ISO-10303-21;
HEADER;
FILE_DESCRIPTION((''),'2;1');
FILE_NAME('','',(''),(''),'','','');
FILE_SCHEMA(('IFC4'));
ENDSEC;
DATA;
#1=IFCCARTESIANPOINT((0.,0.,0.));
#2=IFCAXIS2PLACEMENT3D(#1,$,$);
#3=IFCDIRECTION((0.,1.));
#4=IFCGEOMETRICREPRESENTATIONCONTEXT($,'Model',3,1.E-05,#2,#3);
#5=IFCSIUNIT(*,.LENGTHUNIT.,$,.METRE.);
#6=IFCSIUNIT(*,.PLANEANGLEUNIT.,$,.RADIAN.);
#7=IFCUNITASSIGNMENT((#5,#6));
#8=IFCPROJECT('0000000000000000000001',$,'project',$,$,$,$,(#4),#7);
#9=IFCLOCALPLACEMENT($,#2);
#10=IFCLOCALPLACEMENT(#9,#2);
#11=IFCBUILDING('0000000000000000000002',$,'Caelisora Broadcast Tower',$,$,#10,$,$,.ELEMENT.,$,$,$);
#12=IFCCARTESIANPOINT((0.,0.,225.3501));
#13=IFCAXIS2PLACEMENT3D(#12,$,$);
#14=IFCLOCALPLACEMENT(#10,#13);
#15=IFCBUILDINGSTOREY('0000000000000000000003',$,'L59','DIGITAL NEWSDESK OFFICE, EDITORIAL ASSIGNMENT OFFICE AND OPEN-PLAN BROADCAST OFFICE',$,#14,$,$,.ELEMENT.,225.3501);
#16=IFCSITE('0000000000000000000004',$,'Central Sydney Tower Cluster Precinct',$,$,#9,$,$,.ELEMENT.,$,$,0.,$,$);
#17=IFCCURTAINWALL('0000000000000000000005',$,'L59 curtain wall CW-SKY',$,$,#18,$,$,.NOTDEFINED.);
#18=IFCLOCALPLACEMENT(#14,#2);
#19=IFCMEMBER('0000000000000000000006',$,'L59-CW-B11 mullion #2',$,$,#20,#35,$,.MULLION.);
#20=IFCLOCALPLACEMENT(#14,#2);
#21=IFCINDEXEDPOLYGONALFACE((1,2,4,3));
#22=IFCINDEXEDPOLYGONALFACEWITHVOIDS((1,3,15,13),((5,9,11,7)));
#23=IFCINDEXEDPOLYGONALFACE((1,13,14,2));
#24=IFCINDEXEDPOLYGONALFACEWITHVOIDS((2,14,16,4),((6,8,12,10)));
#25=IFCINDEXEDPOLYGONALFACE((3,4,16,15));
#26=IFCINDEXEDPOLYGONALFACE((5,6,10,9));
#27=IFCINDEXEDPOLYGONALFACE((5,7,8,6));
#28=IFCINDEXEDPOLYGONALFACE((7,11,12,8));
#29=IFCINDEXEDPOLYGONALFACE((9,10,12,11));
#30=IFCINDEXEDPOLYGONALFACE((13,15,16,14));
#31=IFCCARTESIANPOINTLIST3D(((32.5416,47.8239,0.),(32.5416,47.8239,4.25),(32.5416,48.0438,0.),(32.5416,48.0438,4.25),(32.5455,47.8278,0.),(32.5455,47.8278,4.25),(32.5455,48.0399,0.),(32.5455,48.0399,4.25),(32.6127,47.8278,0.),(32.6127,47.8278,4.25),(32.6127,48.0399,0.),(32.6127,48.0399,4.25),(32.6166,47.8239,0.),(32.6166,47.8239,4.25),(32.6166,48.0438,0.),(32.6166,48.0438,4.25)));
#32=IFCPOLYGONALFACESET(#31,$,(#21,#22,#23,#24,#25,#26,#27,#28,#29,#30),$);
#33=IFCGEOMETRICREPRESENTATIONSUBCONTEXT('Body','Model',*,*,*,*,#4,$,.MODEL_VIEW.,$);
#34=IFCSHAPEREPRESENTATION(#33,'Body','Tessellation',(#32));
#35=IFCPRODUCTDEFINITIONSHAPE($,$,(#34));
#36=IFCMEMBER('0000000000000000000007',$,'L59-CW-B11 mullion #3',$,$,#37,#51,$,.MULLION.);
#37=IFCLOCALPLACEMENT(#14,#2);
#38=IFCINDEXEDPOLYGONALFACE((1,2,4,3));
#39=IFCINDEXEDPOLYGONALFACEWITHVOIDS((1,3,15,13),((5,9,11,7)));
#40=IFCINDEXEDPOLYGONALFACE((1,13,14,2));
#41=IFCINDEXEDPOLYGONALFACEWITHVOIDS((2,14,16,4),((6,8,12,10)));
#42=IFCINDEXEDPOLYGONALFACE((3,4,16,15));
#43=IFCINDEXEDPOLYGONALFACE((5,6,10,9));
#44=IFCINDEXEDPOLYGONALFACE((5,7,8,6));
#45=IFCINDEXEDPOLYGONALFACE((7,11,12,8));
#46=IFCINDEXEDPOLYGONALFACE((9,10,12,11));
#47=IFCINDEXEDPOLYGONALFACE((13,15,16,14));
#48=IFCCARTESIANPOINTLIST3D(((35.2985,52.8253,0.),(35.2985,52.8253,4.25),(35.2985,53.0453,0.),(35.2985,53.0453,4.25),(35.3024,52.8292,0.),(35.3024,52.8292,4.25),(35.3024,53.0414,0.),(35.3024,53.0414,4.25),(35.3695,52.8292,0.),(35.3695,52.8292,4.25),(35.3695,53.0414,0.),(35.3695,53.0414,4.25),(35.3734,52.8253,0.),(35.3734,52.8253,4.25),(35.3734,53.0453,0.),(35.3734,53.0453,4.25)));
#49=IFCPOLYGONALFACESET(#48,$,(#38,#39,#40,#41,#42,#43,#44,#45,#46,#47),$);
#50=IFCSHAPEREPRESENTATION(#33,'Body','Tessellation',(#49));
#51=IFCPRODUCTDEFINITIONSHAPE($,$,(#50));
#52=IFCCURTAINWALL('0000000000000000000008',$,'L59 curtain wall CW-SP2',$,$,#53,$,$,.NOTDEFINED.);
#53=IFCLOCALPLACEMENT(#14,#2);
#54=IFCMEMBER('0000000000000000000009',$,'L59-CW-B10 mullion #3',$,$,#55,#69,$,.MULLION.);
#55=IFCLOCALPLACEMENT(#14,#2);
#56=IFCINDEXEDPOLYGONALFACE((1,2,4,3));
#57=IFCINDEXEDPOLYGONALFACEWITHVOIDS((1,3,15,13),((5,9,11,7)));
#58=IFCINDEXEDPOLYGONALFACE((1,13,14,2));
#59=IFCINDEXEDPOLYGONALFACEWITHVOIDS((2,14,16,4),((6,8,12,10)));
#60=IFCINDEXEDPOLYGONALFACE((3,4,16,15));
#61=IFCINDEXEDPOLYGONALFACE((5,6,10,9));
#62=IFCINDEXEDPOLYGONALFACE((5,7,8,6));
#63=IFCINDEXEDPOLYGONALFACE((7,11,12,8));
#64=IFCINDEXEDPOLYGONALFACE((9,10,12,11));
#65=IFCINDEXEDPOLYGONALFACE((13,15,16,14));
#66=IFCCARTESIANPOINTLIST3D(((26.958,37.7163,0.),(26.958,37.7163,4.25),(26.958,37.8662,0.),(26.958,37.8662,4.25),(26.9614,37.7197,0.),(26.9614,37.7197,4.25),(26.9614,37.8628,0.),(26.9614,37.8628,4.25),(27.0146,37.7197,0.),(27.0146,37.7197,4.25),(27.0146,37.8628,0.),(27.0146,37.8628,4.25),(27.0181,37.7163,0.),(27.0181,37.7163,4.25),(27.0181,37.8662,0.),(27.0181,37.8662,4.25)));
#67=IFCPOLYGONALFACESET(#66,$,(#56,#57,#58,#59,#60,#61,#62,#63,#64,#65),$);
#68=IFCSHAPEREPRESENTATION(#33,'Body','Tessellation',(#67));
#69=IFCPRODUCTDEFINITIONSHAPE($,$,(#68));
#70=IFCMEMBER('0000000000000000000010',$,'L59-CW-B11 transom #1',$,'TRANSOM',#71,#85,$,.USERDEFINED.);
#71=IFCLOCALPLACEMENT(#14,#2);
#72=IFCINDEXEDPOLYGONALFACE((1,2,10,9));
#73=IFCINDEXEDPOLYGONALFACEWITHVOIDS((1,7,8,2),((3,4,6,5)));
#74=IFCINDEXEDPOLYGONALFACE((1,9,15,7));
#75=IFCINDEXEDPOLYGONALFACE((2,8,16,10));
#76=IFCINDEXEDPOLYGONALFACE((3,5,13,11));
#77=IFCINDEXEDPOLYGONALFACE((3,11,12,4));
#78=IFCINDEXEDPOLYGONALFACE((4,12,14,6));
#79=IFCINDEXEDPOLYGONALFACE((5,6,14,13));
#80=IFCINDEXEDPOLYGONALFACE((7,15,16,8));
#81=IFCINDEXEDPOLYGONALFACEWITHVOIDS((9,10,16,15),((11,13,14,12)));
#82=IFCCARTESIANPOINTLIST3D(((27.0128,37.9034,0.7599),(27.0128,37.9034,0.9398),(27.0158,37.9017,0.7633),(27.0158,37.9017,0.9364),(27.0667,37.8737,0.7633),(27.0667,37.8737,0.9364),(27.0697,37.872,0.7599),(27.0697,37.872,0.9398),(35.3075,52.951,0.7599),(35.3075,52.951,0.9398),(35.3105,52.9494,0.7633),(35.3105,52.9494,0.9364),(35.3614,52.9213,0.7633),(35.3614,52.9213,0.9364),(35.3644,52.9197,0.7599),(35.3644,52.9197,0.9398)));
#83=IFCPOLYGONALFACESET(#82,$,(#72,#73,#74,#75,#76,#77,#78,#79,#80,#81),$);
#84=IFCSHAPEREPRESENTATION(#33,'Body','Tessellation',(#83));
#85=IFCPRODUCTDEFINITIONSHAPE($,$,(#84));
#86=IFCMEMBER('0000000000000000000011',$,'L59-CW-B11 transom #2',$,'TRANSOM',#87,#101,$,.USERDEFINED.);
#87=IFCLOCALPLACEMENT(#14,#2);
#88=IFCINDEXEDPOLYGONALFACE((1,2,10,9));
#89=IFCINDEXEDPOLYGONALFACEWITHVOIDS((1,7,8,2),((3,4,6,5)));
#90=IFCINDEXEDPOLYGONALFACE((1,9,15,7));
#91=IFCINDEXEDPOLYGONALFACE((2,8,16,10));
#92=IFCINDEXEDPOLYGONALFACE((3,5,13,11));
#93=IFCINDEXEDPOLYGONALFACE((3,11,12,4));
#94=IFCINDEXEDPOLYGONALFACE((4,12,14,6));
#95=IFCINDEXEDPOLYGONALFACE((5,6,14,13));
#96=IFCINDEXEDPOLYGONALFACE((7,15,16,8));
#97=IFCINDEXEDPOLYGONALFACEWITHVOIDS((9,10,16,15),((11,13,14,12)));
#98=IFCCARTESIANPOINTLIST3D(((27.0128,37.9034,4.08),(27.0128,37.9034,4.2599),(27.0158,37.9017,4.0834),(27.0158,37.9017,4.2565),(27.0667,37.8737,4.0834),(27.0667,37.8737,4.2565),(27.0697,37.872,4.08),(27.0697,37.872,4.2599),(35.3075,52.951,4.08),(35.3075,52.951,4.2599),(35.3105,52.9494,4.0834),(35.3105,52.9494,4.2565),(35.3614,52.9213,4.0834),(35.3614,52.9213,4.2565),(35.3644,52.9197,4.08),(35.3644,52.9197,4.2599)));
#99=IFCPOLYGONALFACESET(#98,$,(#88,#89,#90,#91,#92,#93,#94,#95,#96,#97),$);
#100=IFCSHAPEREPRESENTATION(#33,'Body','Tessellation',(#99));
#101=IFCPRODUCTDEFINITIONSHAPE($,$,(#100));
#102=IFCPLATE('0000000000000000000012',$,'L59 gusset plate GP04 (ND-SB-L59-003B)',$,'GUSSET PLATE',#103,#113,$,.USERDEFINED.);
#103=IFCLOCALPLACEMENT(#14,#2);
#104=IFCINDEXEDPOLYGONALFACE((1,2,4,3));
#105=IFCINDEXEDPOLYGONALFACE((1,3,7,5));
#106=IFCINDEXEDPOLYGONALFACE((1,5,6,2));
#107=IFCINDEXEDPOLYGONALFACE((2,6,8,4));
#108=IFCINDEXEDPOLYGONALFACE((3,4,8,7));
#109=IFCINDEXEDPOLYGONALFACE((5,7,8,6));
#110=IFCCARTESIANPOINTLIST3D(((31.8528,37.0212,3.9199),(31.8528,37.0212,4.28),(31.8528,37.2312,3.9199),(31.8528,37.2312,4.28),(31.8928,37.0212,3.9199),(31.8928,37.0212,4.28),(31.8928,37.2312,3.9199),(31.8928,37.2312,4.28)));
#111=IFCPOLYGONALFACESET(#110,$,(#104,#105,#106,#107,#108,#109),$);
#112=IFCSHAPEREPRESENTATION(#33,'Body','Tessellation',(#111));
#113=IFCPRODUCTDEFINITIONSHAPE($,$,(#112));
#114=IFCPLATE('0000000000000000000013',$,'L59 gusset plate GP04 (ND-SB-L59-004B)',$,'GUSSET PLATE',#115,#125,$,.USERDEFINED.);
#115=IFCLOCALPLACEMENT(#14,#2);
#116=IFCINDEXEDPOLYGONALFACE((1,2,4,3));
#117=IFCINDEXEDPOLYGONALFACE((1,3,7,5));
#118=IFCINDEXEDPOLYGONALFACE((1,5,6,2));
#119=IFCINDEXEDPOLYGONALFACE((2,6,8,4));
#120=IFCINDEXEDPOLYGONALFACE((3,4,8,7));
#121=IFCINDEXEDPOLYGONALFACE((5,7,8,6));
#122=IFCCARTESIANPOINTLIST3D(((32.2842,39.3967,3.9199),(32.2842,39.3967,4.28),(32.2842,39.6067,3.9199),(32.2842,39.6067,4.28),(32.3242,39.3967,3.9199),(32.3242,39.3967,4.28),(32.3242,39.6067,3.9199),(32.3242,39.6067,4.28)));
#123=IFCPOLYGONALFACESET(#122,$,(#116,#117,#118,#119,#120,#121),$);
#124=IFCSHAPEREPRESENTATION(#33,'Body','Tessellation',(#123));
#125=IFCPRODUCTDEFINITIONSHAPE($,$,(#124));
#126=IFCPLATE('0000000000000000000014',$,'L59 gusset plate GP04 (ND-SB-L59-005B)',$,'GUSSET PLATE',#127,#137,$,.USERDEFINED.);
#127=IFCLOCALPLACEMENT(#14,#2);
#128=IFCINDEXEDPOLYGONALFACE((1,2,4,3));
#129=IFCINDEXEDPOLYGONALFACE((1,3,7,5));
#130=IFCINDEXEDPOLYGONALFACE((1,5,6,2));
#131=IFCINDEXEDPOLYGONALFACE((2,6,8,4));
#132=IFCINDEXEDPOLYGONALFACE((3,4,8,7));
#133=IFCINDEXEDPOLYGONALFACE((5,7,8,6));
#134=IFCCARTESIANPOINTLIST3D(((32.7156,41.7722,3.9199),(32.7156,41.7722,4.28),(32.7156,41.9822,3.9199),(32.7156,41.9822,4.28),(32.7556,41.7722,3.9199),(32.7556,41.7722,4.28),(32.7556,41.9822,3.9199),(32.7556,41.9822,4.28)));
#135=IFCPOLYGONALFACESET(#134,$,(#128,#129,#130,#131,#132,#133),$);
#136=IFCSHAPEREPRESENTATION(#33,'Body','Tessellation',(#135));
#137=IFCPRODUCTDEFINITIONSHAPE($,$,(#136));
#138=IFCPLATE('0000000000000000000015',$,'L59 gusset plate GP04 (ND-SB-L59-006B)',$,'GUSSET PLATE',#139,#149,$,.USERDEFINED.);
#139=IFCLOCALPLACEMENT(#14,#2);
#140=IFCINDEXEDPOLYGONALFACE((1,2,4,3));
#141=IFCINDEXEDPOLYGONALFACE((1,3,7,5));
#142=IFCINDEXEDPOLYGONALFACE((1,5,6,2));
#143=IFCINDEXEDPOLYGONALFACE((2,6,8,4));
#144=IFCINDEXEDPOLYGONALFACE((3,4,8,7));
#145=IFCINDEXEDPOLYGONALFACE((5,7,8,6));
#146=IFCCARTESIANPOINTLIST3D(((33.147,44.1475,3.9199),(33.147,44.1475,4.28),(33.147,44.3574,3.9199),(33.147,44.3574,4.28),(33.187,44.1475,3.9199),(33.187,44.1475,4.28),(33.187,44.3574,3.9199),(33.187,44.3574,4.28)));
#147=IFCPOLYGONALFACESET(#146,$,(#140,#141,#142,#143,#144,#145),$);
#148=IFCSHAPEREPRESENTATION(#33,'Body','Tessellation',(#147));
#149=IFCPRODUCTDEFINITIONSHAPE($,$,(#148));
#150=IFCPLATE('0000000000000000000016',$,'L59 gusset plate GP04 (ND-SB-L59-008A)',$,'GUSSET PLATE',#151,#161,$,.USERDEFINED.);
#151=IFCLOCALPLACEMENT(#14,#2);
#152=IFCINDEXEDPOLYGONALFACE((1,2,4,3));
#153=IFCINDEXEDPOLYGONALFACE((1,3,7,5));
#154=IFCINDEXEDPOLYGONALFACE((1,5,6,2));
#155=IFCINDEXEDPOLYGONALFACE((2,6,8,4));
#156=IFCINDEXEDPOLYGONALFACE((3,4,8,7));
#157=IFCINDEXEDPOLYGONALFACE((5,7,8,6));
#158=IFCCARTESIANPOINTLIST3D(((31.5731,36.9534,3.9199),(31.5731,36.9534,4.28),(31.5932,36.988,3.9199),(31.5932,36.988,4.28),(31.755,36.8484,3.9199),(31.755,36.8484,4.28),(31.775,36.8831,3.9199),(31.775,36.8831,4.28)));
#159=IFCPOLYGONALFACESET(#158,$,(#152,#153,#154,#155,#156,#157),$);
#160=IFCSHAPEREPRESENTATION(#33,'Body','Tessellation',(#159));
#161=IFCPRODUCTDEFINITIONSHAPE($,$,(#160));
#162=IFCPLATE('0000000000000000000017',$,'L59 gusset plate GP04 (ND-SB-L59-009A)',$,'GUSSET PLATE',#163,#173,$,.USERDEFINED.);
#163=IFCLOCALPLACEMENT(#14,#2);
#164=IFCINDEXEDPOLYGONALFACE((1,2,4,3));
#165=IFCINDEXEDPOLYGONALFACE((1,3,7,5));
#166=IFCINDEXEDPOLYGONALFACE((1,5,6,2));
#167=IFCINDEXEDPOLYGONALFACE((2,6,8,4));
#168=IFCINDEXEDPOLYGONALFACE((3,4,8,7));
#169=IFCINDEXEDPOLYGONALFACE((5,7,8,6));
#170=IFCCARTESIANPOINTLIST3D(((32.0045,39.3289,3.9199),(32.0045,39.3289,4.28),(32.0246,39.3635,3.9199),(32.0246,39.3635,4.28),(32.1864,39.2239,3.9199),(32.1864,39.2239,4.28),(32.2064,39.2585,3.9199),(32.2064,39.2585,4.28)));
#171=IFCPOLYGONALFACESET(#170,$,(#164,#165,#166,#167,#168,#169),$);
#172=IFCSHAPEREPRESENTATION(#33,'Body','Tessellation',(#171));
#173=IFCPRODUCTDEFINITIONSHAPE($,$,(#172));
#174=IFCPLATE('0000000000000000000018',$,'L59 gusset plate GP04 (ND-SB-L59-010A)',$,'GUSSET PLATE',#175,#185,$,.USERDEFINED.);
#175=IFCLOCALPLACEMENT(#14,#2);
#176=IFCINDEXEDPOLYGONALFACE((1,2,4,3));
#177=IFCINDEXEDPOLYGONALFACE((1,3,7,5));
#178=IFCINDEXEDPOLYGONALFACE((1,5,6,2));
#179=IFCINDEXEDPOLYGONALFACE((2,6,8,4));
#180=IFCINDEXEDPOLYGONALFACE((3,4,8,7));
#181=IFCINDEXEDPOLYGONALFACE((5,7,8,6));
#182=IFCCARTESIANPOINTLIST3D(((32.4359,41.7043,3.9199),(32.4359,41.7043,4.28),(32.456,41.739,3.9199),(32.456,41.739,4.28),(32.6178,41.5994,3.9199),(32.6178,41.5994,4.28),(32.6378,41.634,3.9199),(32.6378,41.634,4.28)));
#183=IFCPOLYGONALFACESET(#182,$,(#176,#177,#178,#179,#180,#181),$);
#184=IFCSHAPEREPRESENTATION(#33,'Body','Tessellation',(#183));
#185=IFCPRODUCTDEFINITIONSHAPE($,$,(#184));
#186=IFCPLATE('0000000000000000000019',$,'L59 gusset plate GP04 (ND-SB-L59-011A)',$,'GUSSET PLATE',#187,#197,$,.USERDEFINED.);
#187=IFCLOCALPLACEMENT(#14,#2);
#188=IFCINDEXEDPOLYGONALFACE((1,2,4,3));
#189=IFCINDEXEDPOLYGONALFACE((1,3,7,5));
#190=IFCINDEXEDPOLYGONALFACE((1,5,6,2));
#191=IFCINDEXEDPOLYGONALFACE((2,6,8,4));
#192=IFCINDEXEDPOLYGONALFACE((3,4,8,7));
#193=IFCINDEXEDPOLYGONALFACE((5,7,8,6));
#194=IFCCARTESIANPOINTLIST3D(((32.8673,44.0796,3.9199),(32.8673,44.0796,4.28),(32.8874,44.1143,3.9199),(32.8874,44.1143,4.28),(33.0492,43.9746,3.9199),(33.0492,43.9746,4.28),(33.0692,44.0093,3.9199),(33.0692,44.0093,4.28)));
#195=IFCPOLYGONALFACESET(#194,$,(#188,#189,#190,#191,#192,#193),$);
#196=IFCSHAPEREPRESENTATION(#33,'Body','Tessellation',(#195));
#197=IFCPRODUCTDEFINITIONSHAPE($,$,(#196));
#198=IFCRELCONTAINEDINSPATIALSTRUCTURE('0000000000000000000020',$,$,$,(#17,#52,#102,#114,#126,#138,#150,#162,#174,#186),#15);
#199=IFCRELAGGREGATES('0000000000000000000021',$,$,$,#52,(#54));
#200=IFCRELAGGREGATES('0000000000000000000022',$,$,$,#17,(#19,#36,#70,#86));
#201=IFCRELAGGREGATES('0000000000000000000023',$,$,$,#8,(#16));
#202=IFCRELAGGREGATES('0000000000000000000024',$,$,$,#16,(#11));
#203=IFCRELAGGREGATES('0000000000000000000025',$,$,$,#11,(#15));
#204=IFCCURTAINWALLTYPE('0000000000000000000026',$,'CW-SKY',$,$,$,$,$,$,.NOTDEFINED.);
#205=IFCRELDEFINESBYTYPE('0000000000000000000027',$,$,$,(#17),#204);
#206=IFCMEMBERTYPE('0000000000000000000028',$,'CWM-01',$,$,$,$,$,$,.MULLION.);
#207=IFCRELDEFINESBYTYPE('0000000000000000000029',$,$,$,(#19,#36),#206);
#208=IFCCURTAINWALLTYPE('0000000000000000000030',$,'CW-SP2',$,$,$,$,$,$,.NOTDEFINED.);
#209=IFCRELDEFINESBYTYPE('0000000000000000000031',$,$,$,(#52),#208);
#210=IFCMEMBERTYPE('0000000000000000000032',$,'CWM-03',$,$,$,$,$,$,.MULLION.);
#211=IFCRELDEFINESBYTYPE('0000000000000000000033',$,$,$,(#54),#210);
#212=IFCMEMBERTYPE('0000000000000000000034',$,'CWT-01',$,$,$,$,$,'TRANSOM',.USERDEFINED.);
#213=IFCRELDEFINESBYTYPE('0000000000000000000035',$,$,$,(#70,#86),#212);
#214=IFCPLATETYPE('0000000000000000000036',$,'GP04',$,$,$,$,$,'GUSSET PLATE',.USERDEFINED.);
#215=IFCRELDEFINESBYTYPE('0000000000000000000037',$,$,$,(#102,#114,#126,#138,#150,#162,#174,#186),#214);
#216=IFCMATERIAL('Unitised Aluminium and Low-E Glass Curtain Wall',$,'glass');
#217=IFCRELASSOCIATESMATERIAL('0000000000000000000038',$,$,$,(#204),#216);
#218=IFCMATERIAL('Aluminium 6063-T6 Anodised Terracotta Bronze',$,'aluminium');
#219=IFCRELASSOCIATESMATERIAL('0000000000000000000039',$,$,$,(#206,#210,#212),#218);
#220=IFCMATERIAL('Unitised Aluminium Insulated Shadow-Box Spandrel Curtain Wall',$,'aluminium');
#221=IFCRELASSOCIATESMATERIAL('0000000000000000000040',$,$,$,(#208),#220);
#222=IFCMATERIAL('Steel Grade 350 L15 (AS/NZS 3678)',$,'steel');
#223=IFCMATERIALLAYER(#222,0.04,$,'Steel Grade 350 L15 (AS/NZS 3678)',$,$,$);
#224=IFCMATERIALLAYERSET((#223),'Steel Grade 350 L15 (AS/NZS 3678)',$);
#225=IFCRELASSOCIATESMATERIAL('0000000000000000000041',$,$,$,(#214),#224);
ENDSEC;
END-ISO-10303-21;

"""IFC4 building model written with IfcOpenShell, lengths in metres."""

from ifc_helpers import new_model, si_unit, direction, frame, origin, origin_2d, place, context, subcontext, project, spatial, rectangle, hollow_rectangle, extrude, source, transform, mapped, material, layer, layer_set, material_profile, profile_set, type_object, type_shapes, element, aggregate, save


model = new_model("IFC4")

# Units and contexts
model_context = context("Model", 3, precision=1e-05, world=origin(), true_north=direction((0.0, 1.0)))
body_context = subcontext(model_context, "Body", "Model", "MODEL_VIEW")
ifc_project = project(units=[si_unit("LENGTHUNIT", "METRE"), si_unit("PLANEANGLEUNIT", "RADIAN")], contexts=[model_context])

# Site, building, storey
site_placement = place(None, origin())
site = spatial("IfcSite", under=ifc_project, at=site_placement, Name="Central Sydney Tower Cluster Precinct", CompositionType="ELEMENT", RefElevation=0.0)
building_placement = place(site_placement, origin())
building = spatial("IfcBuilding", under=site, at=building_placement, Name="Caelisora Broadcast Tower", CompositionType="ELEMENT")
storey_placement = place(building_placement, frame((0.0, 0.0, 225.3501)))
storey = spatial("IfcBuildingStorey", under=building, at=storey_placement, Name="L59", Description="DIGITAL NEWSDESK OFFICE, EDITORIAL ASSIGNMENT OFFICE AND OPEN-PLAN BROADCAST OFFICE", CompositionType="ELEMENT", Elevation=225.3501)

# Shared definitions
ifc_material_1 = material(Name="Steel Grade 350 L15 (AS/NZS 3678)", Category="steel")

# Curtain wall, members
ifc_material_2 = material(Name="Unitised Aluminium and Low-E Glass Curtain Wall", Category="glass")
curtain_wall_type_1 = type_object("IfcCurtainWallType", Name="CW-SKY", PredefinedType="NOTDEFINED", material=ifc_material_2)
curtain_wall_1_placement = place(storey_placement, origin())
curtain_wall_1 = element("IfcCurtainWall", 1, at=curtain_wall_1_placement, inside=storey, type_object=curtain_wall_type_1, Name="L59 curtain wall CW-SKY", PredefinedType="NOTDEFINED")
ifc_material_3 = material(Name="Aluminium 6063-T6 Anodised Terracotta Bronze", Category="aluminium")
ifc_material_profile_1 = material_profile(ifc_material_3, hollow_rectangle(XDim=0.075, YDim=0.22, WallThickness=0.0039, at=origin_2d()), Name="Aluminium 6063-T6 Anodised Terracotta Bronze")
ifc_profile_set_1 = profile_set([ifc_material_profile_1], Name="Aluminium 6063-T6 Anodised Terracotta Bronze")
member_type_1 = type_object("IfcMemberType", Name="CWM-01", PredefinedType="MULLION", material=ifc_profile_set_1)
shared_shape_1 = source(origin(), body_context, "Body", "SweptSolid", [
    extrude(hollow_rectangle(XDim=0.075, YDim=0.22, WallThickness=0.0039, at=origin_2d()), origin(), (0.0, 0.0, 1.0), 4.25),
])
type_shapes(member_type_1, [shared_shape_1])
member_1_placement = place(storey_placement, frame((32.5791, 47.9338, 0.0), z_axis=(0.0, 0.0, 1.0), x_axis=(1.0, 0.0, 0.0)))
member_1 = element("IfcMember", 2, at=member_1_placement, type_object=member_type_1, Name="L59-CW-B11 mullion #2", PredefinedType="MULLION", context=body_context, shape_type="MappedRepresentation", body=[
    mapped(shared_shape_1, transform((0.0, 0.0, 0.0), scale=1.0)),
])
member_2_placement = place(storey_placement, frame((35.3359, 52.9353, 0.0), z_axis=(0.0, 0.0, 1.0), x_axis=(1.0, 0.0, 0.0)))
member_2 = element("IfcMember", 3, at=member_2_placement, type_object=member_type_1, Name="L59-CW-B11 mullion #3", PredefinedType="MULLION", context=body_context, shape_type="MappedRepresentation", body=[
    mapped(shared_shape_1, transform((0.0, 0.0, 0.0), scale=1.0)),
])

# Curtain wall, member
ifc_material_4 = material(Name="Unitised Aluminium Insulated Shadow-Box Spandrel Curtain Wall", Category="aluminium")
curtain_wall_type_2 = type_object("IfcCurtainWallType", Name="CW-SP2", PredefinedType="NOTDEFINED", material=ifc_material_4)
curtain_wall_2_placement = place(storey_placement, origin())
curtain_wall_2 = element("IfcCurtainWall", 4, at=curtain_wall_2_placement, inside=storey, type_object=curtain_wall_type_2, Name="L59 curtain wall CW-SP2", PredefinedType="NOTDEFINED")
ifc_material_profile_2 = material_profile(ifc_material_3, hollow_rectangle(XDim=0.0601, YDim=0.1499, WallThickness=0.0034, at=origin_2d()), Name="Aluminium 6063-T6 Anodised Terracotta Bronze")
ifc_profile_set_2 = profile_set([ifc_material_profile_2], Name="Aluminium 6063-T6 Anodised Terracotta Bronze")
member_type_2 = type_object("IfcMemberType", Name="CWM-03", PredefinedType="MULLION", material=ifc_profile_set_2)
shared_shape_2 = source(origin(), body_context, "Body", "SweptSolid", [
    extrude(hollow_rectangle(XDim=0.0601, YDim=0.1499, WallThickness=0.0034, at=origin_2d()), origin(), (0.0, 0.0, 1.0), 4.25),
])
type_shapes(member_type_2, [shared_shape_2])
member_3_placement = place(storey_placement, frame((26.988, 37.7913, 0.0), z_axis=(0.0, 0.0, 1.0), x_axis=(1.0, 0.0, 0.0)))
member_3 = element("IfcMember", 5, at=member_3_placement, type_object=member_type_2, Name="L59-CW-B10 mullion #3", PredefinedType="MULLION", context=body_context, shape_type="MappedRepresentation", body=[
    mapped(shared_shape_2, transform((0.0, 0.0, 0.0), scale=1.0)),
])
aggregate(curtain_wall_2, [member_3])

# Members
ifc_material_profile_3 = material_profile(ifc_material_3, hollow_rectangle(XDim=0.0649, YDim=0.1799, WallThickness=0.0034, at=origin_2d()), Name="Aluminium 6063-T6 Anodised Terracotta Bronze")
ifc_profile_set_3 = profile_set([ifc_material_profile_3], Name="Aluminium 6063-T6 Anodised Terracotta Bronze")
member_type_3 = type_object("IfcMemberType", Name="CWT-01", ElementType="TRANSOM", PredefinedType="USERDEFINED", material=ifc_profile_set_3)
shared_shape_3 = source(origin(), body_context, "Body", "SweptSolid", [
    extrude(hollow_rectangle(XDim=0.0649, YDim=0.1799, WallThickness=0.0034, at=origin_2d()), origin(), (0.0, 0.0, 1.0), 17.1824),
])
type_shapes(member_type_3, [shared_shape_3])
member_4_placement = place(storey_placement, frame((27.0413, 37.8877, 0.8499), z_axis=(0.482745, 0.875761, 0.0), x_axis=(-0.875761, 0.482745, 0.0)))
member_4 = element("IfcMember", 6, at=member_4_placement, type_object=member_type_3, Name="L59-CW-B11 transom #1", ObjectType="TRANSOM", PredefinedType="USERDEFINED", context=body_context, shape_type="MappedRepresentation", body=[
    mapped(shared_shape_3, transform((0.0, 0.0, 0.0), scale=1.0)),
])
member_5_placement = place(storey_placement, frame((27.0413, 37.8877, 4.1699), z_axis=(0.482745, 0.875761, 0.0), x_axis=(-0.875761, 0.482745, 0.0)))
member_5 = element("IfcMember", 7, at=member_5_placement, type_object=member_type_3, Name="L59-CW-B11 transom #2", ObjectType="TRANSOM", PredefinedType="USERDEFINED", context=body_context, shape_type="MappedRepresentation", body=[
    mapped(shared_shape_3, transform((0.0, 0.0, 0.0), scale=1.0)),
])

# Plates
ifc_layer_1 = layer(ifc_material_1, 0.04, Name="Steel Grade 350 L15 (AS/NZS 3678)")
ifc_layer_set_1 = layer_set([ifc_layer_1], Name="Steel Grade 350 L15 (AS/NZS 3678)")
plate_type_1 = type_object("IfcPlateType", Name="GP04", ElementType="GUSSET PLATE", PredefinedType="USERDEFINED", material=ifc_layer_set_1)
shared_shape_4 = source(origin(), body_context, "Body", "SweptSolid", [
    extrude(rectangle(XDim=0.21, YDim=0.04, at=origin_2d()), origin(), (0.0, 0.0, 1.0), 0.3601),
])
type_shapes(plate_type_1, [shared_shape_4])
for number, where, z_axis, x_axis, name in (
    (8, (31.8728, 37.1262, 3.9199), (0.0, 0.0, 1.0), (0.0, -1.0, 0.0), "L59 gusset plate GP04 (ND-SB-L59-003B)"),
    (9, (32.3042, 39.5017, 3.9199), (0.0, 0.0, 1.0), (0.0, -1.0, 0.0), "L59 gusset plate GP04 (ND-SB-L59-004B)"),
    (10, (32.7356, 41.8772, 3.9199), (0.0, 0.0, 1.0), (0.0, -1.0, 0.0), "L59 gusset plate GP04 (ND-SB-L59-005B)"),
    (11, (33.167, 44.2524, 3.9199), (0.0, 0.0, 1.0), (0.0, -1.0, 0.0), "L59 gusset plate GP04 (ND-SB-L59-006B)"),
    (12, (31.6741, 36.9182, 3.9199), (0.0, 0.0, 1.0), (0.866025, -0.5, 0.0), "L59 gusset plate GP04 (ND-SB-L59-008A)"),
    (13, (32.1055, 39.2937, 3.9199), (0.0, 0.0, 1.0), (0.866025, -0.5, 0.0), "L59 gusset plate GP04 (ND-SB-L59-009A)"),
    (14, (32.5369, 41.6692, 3.9199), (0.0, 0.0, 1.0), (0.866025, -0.5, 0.0), "L59 gusset plate GP04 (ND-SB-L59-010A)"),
    (15, (32.9683, 44.0444, 3.9199), (0.0, 0.0, 1.0), (0.866025, -0.5, 0.0), "L59 gusset plate GP04 (ND-SB-L59-011A)"),
):
    element("IfcPlate", number, at=place(storey_placement, frame(where, z_axis=z_axis, x_axis=x_axis)), inside=storey, type_object=plate_type_1, Name=name, ObjectType="GUSSET PLATE", PredefinedType="USERDEFINED", context=body_context, shape_type="MappedRepresentation", body=[
        mapped(shared_shape_4, transform((0.0, 0.0, 0.0), scale=1.0)),
    ])

aggregate(curtain_wall_1, [member_1, member_2, member_4, member_5])

save(model, "model.ifc")
